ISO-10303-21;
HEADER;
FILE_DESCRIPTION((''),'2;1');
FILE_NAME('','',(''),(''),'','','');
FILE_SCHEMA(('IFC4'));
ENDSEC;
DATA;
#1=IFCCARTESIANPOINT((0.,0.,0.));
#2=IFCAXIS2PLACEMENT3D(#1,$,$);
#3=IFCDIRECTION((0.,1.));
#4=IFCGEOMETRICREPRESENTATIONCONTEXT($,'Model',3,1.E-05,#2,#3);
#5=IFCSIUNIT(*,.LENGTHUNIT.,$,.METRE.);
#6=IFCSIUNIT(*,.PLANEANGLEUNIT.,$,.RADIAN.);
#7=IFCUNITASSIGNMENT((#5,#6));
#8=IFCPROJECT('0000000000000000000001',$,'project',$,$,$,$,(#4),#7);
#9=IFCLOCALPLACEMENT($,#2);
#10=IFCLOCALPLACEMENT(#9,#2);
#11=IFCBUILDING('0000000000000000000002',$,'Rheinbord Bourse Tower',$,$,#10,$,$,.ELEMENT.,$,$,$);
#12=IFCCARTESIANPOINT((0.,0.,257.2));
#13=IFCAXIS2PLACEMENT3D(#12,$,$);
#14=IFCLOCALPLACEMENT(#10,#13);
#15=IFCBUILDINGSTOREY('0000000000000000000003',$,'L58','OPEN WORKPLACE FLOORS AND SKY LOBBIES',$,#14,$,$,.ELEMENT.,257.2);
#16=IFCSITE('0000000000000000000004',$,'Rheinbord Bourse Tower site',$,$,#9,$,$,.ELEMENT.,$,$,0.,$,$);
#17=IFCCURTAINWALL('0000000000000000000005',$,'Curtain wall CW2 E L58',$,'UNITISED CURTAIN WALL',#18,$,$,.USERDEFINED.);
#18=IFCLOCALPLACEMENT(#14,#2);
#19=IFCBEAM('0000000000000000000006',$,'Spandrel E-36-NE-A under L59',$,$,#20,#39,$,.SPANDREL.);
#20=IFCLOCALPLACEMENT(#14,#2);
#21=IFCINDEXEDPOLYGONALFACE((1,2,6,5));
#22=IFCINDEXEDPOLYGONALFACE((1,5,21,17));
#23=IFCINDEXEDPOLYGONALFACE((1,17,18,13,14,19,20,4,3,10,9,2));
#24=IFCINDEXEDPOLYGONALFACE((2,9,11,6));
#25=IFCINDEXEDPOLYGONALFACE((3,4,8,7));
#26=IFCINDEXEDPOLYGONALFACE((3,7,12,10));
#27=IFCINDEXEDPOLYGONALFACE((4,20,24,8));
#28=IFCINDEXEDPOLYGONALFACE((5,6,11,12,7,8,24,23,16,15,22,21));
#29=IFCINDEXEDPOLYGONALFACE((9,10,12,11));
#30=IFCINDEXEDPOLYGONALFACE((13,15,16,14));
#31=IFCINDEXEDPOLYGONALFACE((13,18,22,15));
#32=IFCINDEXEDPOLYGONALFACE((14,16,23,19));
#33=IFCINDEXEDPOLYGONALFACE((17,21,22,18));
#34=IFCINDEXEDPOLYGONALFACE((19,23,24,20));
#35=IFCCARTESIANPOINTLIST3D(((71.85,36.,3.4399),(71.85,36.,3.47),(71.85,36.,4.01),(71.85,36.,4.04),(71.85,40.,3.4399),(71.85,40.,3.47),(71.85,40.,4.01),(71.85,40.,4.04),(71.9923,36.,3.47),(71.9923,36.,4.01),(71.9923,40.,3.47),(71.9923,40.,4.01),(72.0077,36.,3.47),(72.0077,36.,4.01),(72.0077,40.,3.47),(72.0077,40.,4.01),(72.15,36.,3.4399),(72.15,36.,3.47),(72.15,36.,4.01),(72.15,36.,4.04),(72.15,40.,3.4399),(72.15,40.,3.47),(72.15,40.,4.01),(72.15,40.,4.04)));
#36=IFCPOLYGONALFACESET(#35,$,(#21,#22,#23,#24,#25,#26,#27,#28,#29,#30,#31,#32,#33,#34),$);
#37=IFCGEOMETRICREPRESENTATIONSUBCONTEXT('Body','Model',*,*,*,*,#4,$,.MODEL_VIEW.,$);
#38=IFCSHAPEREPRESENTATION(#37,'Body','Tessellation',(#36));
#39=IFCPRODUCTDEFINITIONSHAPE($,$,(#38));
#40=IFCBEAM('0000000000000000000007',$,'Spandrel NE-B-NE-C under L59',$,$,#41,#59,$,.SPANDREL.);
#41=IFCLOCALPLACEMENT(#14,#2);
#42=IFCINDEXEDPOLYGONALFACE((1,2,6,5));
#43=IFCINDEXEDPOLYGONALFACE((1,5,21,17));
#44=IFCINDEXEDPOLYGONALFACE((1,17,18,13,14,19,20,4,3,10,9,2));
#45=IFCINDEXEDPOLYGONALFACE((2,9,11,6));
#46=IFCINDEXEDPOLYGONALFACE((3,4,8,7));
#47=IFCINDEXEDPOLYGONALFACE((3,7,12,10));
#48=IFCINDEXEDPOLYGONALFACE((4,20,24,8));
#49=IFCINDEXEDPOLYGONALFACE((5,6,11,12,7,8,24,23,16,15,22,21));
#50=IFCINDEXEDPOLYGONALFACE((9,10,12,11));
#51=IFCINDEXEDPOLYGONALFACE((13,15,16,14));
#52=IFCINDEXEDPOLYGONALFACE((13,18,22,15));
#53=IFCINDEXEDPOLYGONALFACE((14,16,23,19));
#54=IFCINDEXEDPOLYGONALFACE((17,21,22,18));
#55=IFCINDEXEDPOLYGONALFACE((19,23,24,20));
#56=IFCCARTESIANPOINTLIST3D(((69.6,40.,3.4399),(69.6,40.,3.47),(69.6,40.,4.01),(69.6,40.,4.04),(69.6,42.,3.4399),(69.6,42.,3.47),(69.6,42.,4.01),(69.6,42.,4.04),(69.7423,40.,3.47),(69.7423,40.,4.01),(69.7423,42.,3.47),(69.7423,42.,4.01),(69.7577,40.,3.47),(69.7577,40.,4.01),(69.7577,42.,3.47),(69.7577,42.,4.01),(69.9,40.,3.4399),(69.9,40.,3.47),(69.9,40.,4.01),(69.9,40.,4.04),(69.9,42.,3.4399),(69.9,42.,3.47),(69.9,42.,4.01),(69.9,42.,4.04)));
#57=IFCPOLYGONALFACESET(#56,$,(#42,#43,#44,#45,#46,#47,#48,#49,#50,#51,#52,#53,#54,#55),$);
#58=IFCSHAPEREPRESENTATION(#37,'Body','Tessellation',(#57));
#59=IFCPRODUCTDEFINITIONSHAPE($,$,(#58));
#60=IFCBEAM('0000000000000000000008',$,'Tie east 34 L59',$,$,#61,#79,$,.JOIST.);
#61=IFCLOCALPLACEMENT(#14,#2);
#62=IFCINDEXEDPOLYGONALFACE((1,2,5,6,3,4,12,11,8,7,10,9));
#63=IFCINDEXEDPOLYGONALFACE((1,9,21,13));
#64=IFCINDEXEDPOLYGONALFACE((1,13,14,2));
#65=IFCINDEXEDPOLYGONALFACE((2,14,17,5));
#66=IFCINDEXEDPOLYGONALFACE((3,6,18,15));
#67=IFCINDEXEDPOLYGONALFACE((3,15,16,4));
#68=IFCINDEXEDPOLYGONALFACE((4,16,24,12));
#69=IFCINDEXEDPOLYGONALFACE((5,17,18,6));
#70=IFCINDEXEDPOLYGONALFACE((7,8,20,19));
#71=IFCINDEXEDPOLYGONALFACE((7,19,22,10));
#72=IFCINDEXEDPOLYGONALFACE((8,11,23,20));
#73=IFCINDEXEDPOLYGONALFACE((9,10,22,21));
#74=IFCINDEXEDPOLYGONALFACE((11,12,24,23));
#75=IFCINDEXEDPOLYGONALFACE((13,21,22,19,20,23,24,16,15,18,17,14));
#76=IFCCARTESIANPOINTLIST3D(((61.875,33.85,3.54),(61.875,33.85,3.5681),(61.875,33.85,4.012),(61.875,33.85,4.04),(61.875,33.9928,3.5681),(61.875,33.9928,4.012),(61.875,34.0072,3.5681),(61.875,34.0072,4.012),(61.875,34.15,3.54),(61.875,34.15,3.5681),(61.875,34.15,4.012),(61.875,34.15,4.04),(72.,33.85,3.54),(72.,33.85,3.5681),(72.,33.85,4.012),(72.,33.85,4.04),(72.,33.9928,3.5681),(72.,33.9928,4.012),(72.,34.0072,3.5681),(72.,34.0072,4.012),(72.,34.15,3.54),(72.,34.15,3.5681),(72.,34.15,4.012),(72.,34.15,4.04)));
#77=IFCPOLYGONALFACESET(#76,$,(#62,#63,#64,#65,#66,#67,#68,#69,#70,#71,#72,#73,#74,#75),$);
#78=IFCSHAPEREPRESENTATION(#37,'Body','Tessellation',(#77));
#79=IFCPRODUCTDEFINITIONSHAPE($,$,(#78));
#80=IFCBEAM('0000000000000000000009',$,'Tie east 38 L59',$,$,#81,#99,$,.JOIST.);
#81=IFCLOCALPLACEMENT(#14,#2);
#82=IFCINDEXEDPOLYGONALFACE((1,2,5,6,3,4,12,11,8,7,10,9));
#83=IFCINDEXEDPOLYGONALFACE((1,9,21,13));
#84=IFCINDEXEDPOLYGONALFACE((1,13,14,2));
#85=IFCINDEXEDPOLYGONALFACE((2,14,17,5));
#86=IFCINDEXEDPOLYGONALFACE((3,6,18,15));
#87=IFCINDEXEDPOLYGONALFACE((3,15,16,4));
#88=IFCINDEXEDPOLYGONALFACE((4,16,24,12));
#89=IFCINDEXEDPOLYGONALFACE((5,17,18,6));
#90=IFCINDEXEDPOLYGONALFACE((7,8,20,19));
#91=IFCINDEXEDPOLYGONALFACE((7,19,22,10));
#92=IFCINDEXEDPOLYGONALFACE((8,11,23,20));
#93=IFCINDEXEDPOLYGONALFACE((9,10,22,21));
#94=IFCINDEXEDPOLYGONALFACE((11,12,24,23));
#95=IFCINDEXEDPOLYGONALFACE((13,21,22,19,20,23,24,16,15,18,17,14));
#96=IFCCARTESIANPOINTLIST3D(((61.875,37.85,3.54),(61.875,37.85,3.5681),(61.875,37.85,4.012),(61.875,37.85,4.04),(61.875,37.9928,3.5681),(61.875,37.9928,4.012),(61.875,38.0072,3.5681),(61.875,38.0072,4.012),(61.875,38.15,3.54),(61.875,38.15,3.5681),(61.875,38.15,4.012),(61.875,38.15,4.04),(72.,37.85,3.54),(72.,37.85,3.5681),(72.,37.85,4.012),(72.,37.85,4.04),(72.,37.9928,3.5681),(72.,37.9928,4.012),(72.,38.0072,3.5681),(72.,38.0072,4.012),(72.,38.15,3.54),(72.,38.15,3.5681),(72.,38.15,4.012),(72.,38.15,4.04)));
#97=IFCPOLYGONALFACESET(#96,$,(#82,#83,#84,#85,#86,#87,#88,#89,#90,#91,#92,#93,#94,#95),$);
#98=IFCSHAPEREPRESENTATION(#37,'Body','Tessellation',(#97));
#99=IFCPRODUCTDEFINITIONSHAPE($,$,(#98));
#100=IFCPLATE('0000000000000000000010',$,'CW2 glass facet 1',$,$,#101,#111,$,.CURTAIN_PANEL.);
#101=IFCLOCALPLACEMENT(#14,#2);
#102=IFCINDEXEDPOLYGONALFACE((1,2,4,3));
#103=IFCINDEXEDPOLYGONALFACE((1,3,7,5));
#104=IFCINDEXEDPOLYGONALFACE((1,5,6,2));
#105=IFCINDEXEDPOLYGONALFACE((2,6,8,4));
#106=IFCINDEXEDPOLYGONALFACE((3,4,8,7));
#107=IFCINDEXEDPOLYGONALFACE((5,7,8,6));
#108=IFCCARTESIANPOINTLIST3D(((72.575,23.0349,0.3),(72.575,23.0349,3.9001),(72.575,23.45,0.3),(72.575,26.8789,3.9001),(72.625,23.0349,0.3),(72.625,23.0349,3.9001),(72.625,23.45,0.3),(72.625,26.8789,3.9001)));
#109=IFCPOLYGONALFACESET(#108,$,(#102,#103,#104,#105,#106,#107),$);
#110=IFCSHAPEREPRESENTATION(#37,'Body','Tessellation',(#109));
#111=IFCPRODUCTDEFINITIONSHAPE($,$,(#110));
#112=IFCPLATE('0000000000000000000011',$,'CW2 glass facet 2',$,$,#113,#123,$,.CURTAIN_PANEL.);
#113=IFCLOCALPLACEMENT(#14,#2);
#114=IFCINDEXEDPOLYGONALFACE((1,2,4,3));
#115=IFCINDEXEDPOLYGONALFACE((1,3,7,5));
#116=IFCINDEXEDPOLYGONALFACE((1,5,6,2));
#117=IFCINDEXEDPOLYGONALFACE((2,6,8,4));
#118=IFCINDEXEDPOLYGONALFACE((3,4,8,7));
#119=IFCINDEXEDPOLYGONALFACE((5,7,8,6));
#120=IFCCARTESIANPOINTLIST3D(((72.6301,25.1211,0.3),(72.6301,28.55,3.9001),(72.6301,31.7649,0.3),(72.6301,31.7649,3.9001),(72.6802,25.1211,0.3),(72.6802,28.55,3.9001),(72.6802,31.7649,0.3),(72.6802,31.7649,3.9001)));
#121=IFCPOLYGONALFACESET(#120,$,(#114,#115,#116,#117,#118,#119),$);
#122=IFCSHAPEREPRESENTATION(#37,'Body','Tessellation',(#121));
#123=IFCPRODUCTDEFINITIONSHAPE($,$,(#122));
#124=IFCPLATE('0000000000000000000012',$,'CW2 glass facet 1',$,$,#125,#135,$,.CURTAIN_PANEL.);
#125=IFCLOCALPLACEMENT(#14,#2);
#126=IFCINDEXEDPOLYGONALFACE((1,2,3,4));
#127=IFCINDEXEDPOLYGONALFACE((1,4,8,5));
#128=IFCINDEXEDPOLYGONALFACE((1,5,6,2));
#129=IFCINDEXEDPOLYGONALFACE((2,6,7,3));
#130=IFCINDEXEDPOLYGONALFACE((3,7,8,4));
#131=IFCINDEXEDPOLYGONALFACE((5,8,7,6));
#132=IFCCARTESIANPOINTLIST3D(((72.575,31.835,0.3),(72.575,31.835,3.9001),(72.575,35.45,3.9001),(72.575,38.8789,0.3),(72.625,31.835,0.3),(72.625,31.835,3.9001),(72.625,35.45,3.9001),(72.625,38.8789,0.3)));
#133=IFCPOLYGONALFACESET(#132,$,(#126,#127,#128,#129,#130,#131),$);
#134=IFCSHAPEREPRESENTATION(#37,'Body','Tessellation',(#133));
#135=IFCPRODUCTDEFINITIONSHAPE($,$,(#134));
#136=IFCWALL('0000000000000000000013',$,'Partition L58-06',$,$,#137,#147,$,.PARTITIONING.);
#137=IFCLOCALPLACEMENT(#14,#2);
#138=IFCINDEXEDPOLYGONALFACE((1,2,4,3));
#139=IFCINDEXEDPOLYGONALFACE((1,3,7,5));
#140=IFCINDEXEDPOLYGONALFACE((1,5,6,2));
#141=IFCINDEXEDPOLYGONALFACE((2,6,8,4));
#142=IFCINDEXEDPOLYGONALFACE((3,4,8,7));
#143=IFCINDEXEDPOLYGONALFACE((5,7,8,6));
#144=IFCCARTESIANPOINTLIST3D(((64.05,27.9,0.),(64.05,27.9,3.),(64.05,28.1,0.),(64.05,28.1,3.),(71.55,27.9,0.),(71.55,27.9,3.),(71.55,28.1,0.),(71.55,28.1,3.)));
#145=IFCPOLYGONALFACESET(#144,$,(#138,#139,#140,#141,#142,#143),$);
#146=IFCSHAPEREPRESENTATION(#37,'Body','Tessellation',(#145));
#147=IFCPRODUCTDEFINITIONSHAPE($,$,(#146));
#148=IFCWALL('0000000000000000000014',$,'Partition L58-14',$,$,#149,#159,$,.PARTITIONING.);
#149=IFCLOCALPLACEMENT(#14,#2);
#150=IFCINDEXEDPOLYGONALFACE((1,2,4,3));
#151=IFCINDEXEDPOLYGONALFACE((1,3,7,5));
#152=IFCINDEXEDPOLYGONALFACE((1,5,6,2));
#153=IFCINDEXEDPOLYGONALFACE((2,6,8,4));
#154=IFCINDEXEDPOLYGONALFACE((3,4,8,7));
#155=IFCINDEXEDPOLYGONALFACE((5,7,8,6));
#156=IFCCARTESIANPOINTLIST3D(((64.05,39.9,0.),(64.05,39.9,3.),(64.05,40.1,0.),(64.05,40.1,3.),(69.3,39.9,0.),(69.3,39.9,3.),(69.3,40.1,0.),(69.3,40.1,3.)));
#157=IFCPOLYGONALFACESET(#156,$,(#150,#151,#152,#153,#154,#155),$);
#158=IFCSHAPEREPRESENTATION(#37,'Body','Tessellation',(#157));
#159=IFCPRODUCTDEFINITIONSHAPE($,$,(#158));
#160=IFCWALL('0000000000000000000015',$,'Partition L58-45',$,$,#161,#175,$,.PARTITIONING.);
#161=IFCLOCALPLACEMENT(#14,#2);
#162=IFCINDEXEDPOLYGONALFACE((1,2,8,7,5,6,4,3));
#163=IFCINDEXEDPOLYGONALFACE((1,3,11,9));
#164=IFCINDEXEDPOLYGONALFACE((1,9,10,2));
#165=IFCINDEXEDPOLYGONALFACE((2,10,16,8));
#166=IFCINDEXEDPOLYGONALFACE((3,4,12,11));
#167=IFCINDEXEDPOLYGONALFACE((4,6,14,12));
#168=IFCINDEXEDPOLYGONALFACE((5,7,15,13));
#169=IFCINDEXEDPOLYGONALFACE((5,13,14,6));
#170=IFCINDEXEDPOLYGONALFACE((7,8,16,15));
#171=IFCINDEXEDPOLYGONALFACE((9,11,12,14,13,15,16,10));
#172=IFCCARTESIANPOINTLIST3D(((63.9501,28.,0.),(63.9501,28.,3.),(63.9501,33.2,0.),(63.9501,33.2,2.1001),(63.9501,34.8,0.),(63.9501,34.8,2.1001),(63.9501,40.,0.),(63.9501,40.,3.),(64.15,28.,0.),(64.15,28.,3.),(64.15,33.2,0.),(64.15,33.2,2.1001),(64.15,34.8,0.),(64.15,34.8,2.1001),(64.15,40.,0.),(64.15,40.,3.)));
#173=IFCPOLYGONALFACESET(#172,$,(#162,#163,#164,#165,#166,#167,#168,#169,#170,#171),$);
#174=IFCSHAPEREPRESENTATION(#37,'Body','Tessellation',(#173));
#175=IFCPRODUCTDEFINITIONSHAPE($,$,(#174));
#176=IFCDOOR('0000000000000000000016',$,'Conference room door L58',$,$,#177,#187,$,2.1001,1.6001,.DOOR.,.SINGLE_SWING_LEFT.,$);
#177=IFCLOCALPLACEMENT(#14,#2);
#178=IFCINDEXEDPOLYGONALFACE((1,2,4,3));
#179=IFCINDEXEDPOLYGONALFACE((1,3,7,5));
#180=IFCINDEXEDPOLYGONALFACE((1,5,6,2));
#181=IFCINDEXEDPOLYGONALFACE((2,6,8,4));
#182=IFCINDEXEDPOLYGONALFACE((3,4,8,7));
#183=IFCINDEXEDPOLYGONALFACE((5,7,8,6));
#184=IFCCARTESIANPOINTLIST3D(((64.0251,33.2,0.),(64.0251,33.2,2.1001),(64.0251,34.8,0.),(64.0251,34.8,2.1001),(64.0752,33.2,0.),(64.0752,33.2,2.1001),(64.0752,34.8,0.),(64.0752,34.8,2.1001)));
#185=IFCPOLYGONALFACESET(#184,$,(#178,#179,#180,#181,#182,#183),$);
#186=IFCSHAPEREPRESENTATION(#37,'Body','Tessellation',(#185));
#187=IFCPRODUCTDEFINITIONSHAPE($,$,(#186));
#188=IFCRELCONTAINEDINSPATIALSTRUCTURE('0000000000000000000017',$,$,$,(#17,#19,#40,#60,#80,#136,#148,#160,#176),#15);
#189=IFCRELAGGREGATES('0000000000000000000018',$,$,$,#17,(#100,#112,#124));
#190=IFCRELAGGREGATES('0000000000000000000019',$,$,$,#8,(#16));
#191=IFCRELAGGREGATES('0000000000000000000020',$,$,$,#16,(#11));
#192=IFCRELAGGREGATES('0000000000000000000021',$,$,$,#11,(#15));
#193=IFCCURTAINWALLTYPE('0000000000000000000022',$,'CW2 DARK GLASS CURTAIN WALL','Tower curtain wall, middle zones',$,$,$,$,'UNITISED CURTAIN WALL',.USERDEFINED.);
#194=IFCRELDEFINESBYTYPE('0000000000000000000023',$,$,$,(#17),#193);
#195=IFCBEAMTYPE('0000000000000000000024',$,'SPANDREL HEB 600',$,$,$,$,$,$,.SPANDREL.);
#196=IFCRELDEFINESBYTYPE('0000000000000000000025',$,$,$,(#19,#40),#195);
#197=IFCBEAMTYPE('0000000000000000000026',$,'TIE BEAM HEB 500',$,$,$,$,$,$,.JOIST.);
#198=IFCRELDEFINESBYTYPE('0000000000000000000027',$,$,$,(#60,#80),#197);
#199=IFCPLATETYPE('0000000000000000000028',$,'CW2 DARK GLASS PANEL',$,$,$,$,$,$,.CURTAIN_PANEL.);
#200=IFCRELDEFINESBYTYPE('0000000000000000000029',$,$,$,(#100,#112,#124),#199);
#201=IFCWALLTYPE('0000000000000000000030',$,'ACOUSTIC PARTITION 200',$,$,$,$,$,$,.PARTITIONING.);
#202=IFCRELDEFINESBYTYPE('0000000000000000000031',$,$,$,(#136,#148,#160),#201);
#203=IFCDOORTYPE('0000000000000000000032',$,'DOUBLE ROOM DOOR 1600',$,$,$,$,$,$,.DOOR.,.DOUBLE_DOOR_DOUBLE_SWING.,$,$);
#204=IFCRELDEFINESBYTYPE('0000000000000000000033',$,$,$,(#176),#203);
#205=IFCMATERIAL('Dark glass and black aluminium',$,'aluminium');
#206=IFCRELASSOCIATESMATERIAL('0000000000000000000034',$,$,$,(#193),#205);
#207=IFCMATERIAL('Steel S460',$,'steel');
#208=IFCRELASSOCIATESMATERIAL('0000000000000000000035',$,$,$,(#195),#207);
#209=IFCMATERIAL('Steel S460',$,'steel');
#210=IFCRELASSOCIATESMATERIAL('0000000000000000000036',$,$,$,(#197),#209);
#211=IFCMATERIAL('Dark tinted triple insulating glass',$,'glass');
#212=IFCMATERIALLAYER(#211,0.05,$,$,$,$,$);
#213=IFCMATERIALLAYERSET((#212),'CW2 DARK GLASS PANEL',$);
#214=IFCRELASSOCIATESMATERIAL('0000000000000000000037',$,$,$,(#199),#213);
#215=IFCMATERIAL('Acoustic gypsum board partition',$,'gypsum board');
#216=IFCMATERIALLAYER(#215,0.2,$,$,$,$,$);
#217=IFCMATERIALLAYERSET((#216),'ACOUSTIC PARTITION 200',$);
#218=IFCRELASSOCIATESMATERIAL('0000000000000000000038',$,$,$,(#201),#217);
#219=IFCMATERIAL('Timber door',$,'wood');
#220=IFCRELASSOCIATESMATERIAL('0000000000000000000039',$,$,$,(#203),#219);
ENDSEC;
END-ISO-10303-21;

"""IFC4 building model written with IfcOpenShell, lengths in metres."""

from ifc_helpers import new_model, si_unit, direction, frame, frame_2d, origin, origin_2d, place, context, subcontext, project, spatial, polyline, rectangle, i_section, outline, extrude, material, layer, layer_set, material_profile, profile_set, type_object, element, fill, aggregate, save


model = new_model("IFC4")

# Units and contexts
model_context = context("Model", 3, precision=1e-05, world=origin(), true_north=direction((0.0, 1.0)))
body_context = subcontext(model_context, "Body", "Model", "MODEL_VIEW")
ifc_project = project(units=[si_unit("LENGTHUNIT", "METRE"), si_unit("PLANEANGLEUNIT", "RADIAN")], contexts=[model_context])

# Site, building, storey
site_placement = place(None, origin())
site = spatial("IfcSite", under=ifc_project, at=site_placement, Name="Rheinbord Bourse Tower site", CompositionType="ELEMENT", RefElevation=0.0)
building_placement = place(site_placement, origin())
building = spatial("IfcBuilding", under=site, at=building_placement, Name="Rheinbord Bourse Tower", CompositionType="ELEMENT")
storey_placement = place(building_placement, frame((0.0, 0.0, 257.2)))
storey = spatial("IfcBuildingStorey", under=building, at=storey_placement, Name="L58", Description="OPEN WORKPLACE FLOORS AND SKY LOBBIES", CompositionType="ELEMENT", Elevation=257.2)

# Curtain wall
ifc_material_1 = material(Name="Dark glass and black aluminium", Category="aluminium")
curtain_wall_type = type_object("IfcCurtainWallType", Name="CW2 DARK GLASS CURTAIN WALL", Description="Tower curtain wall, middle zones", ElementType="UNITISED CURTAIN WALL", PredefinedType="USERDEFINED", material=ifc_material_1)
curtain_wall_placement = place(storey_placement, origin())
curtain_wall = element("IfcCurtainWall", 1, at=curtain_wall_placement, inside=storey, type_object=curtain_wall_type, Name="Curtain wall CW2 E L58", ObjectType="UNITISED CURTAIN WALL", PredefinedType="USERDEFINED")

# Beams
ifc_material_2 = material(Name="Steel S460", Category="steel")
ifc_material_profile_1 = material_profile(ifc_material_2, i_section(OverallWidth=0.3, OverallDepth=0.6001, WebThickness=0.0154, FlangeThickness=0.03, at=origin_2d()), Name="HEB 600")
ifc_profile_set_1 = profile_set([ifc_material_profile_1], Name="Steel S460")
beam_type_1 = type_object("IfcBeamType", Name="SPANDREL HEB 600", PredefinedType="SPANDREL", material=ifc_profile_set_1)
for number, where, z_axis, x_axis, name in (
    (2, (72.0, 36.0, 3.74), (0.0, 1.0, 0.0), (-1.0, 0.0, 0.0), "Spandrel E-36-NE-A under L59"),
):
    element("IfcBeam", number, at=place(storey_placement, frame(where, z_axis=z_axis, x_axis=x_axis)), inside=storey, type_object=beam_type_1, Name=name, PredefinedType="SPANDREL", context=body_context, shape_type="SweptSolid", body=[
        extrude(i_section(OverallWidth=0.3, OverallDepth=0.6001, WebThickness=0.0154, FlangeThickness=0.03, at=origin_2d()), origin(), (0.0, 0.0, 1.0), 4.0),
    ])
beam_1_placement = place(storey_placement, frame((69.75, 40.0, 3.74), z_axis=(0.0, 1.0, 0.0), x_axis=(-1.0, 0.0, 0.0)))
element("IfcBeam", 3, at=beam_1_placement, inside=storey, type_object=beam_type_1, Name="Spandrel NE-B-NE-C under L59", PredefinedType="SPANDREL", context=body_context, shape_type="SweptSolid", body=[
    extrude(i_section(OverallWidth=0.3, OverallDepth=0.6001, WebThickness=0.0154, FlangeThickness=0.03, at=origin_2d()), origin(), (0.0, 0.0, 1.0), 2.0),
])
ifc_material_3 = material(Name="Steel S460", Category="steel")
ifc_material_profile_2 = material_profile(ifc_material_3, i_section(OverallWidth=0.3, OverallDepth=0.5, WebThickness=0.0144, FlangeThickness=0.0281, at=origin_2d()), Name="HEB 500")
ifc_profile_set_2 = profile_set([ifc_material_profile_2], Name="Steel S460")
beam_type_2 = type_object("IfcBeamType", Name="TIE BEAM HEB 500", PredefinedType="JOIST", material=ifc_profile_set_2)
for number, where, z_axis, x_axis, name in (
    (4, (61.875, 34.0, 3.79), (1.0, 0.0, 0.0), (0.0, 1.0, 0.0), "Tie east 34 L59"),
    (5, (61.875, 38.0, 3.79), (1.0, 0.0, 0.0), (0.0, 1.0, 0.0), "Tie east 38 L59"),
):
    element("IfcBeam", number, at=place(storey_placement, frame(where, z_axis=z_axis, x_axis=x_axis)), inside=storey, type_object=beam_type_2, Name=name, PredefinedType="JOIST", context=body_context, shape_type="SweptSolid", body=[
        extrude(i_section(OverallWidth=0.3, OverallDepth=0.5, WebThickness=0.0144, FlangeThickness=0.0281, at=origin_2d()), origin(), (0.0, 0.0, 1.0), 10.125),
    ])

# Plates
ifc_material_4 = material(Name="Dark tinted triple insulating glass", Category="glass")
ifc_layer_1 = layer(ifc_material_4, 0.05)
ifc_layer_set_1 = layer_set([ifc_layer_1], Name="CW2 DARK GLASS PANEL")
plate_type = type_object("IfcPlateType", Name="CW2 DARK GLASS PANEL", PredefinedType="CURTAIN_PANEL", material=ifc_layer_set_1)
plate_1_placement = place(storey_placement, frame((72.625, 23.0349, 0.3), z_axis=(-1.0, 0.0, 0.0), x_axis=(0.0, 0.0, 1.0)))
plate_1 = element("IfcPlate", 6, at=plate_1_placement, type_object=plate_type, Name="CW2 glass facet 1", PredefinedType="CURTAIN_PANEL", context=body_context, shape_type="SweptSolid", body=[
    extrude(outline(polyline([(0.0, 0.0), (3.6001, 0.0), (3.6001, 3.844), (0.0, 0.415), (0.0, 0.0)])), origin(), (0.0, 0.0, 1.0), 0.05),
])
plate_2_placement = place(storey_placement, frame((72.6802, 31.7649, 3.9001), z_axis=(-1.0, 0.0, 0.0), x_axis=(0.0, 0.0, -1.0)))
plate_2 = element("IfcPlate", 7, at=plate_2_placement, type_object=plate_type, Name="CW2 glass facet 2", PredefinedType="CURTAIN_PANEL", context=body_context, shape_type="SweptSolid", body=[
    extrude(outline(polyline([(0.0, 0.0), (3.6001, 0.0), (3.6001, 6.6438), (0.0, 3.2148), (0.0, 0.0)])), origin(), (0.0, 0.0, 1.0), 0.05),
])
plate_3_placement = place(storey_placement, frame((72.625, 31.835, 0.3), z_axis=(-1.0, 0.0, 0.0), x_axis=(0.0, 0.0, 1.0)))
plate_3 = element("IfcPlate", 8, at=plate_3_placement, type_object=plate_type, Name="CW2 glass facet 1", PredefinedType="CURTAIN_PANEL", context=body_context, shape_type="SweptSolid", body=[
    extrude(outline(polyline([(0.0, 0.0), (3.6001, 0.0), (3.6001, 3.615), (0.0, 7.0439), (0.0, 0.0)])), origin(), (0.0, 0.0, 1.0), 0.05),
])
aggregate(curtain_wall, [plate_1, plate_2, plate_3])

# Walls
ifc_material_5 = material(Name="Acoustic gypsum board partition", Category="gypsum board")
ifc_layer_2 = layer(ifc_material_5, 0.2)
ifc_layer_set_2 = layer_set([ifc_layer_2], Name="ACOUSTIC PARTITION 200")
wall_type_1 = type_object("IfcWallType", Name="ACOUSTIC PARTITION 200", PredefinedType="PARTITIONING", material=ifc_layer_set_2)
wall_1_placement = place(storey_placement, frame((64.05, 28.0, 0.0), z_axis=(0.0, 0.0, 1.0), x_axis=(1.0, 0.0, 0.0)))
element("IfcWall", 9, at=wall_1_placement, inside=storey, type_object=wall_type_1, Name="Partition L58-06", PredefinedType="PARTITIONING", context=body_context, shape_type="SweptSolid", body=[
    extrude(rectangle(XDim=7.5, YDim=0.2, at=frame_2d((3.75, 0.0))), origin(), (0.0, 0.0, 1.0), 3.0),
])
wall_2_placement = place(storey_placement, frame((64.05, 40.0, 0.0), z_axis=(0.0, 0.0, 1.0), x_axis=(1.0, 0.0, 0.0)))
element("IfcWall", 10, at=wall_2_placement, inside=storey, type_object=wall_type_1, Name="Partition L58-14", PredefinedType="PARTITIONING", context=body_context, shape_type="SweptSolid", body=[
    extrude(rectangle(XDim=5.25, YDim=0.2, at=frame_2d((2.625, 0.0))), origin(), (0.0, 0.0, 1.0), 3.0),
])

# Wall, opening, door
wall_3_placement = place(storey_placement, frame((64.05, 28.0, 0.0), z_axis=(0.0, 0.0, 1.0), x_axis=(0.0, 1.0, 0.0)))
wall_3 = element("IfcWall", 11, at=wall_3_placement, inside=storey, type_object=wall_type_1, Name="Partition L58-45", PredefinedType="PARTITIONING", context=body_context, shape_type="SweptSolid", body=[
    extrude(rectangle(XDim=12.0, YDim=0.2, at=frame_2d((6.0, 0.0))), origin(), (0.0, 0.0, 1.0), 3.0),
])
opening_placement = place(wall_3_placement, frame((5.2, 0.0, 0.0)))
opening = element("IfcOpeningElement", 12, at=opening_placement, cuts=wall_3, PredefinedType="OPENING", context=body_context, shape_type="SweptSolid", body=[
    extrude(rectangle(XDim=1.6001, YDim=2.1001, at=frame_2d((0.8, 1.05))), frame((0.0, 0.1099, 0.0), z_axis=(0.0, -1.0, 0.0), x_axis=(1.0, 0.0, 0.0)), (0.0, 0.0, 1.0), 0.22),
])
ifc_material_6 = material(Name="Timber door", Category="wood")
door_type = type_object("IfcDoorType", Name="DOUBLE ROOM DOOR 1600", OperationType="DOUBLE_DOOR_DOUBLE_SWING", PredefinedType="DOOR", material=ifc_material_6)
door_placement = place(opening_placement, origin())
door = element("IfcDoor", 13, at=door_placement, inside=storey, type_object=door_type, Name="Conference room door L58", OperationType="SINGLE_SWING_LEFT", OverallHeight=2.1001, OverallWidth=1.6001, PredefinedType="DOOR", context=body_context, shape_type="SweptSolid", body=[
    extrude(rectangle(XDim=1.6001, YDim=2.1001, at=frame_2d((0.8, 1.05))), frame((0.0, 0.0249, 0.0), z_axis=(0.0, -1.0, 0.0), x_axis=(1.0, 0.0, 0.0)), (0.0, 0.0, 1.0), 0.05),
])
fill(opening, door)

save(model, "model.ifc")
